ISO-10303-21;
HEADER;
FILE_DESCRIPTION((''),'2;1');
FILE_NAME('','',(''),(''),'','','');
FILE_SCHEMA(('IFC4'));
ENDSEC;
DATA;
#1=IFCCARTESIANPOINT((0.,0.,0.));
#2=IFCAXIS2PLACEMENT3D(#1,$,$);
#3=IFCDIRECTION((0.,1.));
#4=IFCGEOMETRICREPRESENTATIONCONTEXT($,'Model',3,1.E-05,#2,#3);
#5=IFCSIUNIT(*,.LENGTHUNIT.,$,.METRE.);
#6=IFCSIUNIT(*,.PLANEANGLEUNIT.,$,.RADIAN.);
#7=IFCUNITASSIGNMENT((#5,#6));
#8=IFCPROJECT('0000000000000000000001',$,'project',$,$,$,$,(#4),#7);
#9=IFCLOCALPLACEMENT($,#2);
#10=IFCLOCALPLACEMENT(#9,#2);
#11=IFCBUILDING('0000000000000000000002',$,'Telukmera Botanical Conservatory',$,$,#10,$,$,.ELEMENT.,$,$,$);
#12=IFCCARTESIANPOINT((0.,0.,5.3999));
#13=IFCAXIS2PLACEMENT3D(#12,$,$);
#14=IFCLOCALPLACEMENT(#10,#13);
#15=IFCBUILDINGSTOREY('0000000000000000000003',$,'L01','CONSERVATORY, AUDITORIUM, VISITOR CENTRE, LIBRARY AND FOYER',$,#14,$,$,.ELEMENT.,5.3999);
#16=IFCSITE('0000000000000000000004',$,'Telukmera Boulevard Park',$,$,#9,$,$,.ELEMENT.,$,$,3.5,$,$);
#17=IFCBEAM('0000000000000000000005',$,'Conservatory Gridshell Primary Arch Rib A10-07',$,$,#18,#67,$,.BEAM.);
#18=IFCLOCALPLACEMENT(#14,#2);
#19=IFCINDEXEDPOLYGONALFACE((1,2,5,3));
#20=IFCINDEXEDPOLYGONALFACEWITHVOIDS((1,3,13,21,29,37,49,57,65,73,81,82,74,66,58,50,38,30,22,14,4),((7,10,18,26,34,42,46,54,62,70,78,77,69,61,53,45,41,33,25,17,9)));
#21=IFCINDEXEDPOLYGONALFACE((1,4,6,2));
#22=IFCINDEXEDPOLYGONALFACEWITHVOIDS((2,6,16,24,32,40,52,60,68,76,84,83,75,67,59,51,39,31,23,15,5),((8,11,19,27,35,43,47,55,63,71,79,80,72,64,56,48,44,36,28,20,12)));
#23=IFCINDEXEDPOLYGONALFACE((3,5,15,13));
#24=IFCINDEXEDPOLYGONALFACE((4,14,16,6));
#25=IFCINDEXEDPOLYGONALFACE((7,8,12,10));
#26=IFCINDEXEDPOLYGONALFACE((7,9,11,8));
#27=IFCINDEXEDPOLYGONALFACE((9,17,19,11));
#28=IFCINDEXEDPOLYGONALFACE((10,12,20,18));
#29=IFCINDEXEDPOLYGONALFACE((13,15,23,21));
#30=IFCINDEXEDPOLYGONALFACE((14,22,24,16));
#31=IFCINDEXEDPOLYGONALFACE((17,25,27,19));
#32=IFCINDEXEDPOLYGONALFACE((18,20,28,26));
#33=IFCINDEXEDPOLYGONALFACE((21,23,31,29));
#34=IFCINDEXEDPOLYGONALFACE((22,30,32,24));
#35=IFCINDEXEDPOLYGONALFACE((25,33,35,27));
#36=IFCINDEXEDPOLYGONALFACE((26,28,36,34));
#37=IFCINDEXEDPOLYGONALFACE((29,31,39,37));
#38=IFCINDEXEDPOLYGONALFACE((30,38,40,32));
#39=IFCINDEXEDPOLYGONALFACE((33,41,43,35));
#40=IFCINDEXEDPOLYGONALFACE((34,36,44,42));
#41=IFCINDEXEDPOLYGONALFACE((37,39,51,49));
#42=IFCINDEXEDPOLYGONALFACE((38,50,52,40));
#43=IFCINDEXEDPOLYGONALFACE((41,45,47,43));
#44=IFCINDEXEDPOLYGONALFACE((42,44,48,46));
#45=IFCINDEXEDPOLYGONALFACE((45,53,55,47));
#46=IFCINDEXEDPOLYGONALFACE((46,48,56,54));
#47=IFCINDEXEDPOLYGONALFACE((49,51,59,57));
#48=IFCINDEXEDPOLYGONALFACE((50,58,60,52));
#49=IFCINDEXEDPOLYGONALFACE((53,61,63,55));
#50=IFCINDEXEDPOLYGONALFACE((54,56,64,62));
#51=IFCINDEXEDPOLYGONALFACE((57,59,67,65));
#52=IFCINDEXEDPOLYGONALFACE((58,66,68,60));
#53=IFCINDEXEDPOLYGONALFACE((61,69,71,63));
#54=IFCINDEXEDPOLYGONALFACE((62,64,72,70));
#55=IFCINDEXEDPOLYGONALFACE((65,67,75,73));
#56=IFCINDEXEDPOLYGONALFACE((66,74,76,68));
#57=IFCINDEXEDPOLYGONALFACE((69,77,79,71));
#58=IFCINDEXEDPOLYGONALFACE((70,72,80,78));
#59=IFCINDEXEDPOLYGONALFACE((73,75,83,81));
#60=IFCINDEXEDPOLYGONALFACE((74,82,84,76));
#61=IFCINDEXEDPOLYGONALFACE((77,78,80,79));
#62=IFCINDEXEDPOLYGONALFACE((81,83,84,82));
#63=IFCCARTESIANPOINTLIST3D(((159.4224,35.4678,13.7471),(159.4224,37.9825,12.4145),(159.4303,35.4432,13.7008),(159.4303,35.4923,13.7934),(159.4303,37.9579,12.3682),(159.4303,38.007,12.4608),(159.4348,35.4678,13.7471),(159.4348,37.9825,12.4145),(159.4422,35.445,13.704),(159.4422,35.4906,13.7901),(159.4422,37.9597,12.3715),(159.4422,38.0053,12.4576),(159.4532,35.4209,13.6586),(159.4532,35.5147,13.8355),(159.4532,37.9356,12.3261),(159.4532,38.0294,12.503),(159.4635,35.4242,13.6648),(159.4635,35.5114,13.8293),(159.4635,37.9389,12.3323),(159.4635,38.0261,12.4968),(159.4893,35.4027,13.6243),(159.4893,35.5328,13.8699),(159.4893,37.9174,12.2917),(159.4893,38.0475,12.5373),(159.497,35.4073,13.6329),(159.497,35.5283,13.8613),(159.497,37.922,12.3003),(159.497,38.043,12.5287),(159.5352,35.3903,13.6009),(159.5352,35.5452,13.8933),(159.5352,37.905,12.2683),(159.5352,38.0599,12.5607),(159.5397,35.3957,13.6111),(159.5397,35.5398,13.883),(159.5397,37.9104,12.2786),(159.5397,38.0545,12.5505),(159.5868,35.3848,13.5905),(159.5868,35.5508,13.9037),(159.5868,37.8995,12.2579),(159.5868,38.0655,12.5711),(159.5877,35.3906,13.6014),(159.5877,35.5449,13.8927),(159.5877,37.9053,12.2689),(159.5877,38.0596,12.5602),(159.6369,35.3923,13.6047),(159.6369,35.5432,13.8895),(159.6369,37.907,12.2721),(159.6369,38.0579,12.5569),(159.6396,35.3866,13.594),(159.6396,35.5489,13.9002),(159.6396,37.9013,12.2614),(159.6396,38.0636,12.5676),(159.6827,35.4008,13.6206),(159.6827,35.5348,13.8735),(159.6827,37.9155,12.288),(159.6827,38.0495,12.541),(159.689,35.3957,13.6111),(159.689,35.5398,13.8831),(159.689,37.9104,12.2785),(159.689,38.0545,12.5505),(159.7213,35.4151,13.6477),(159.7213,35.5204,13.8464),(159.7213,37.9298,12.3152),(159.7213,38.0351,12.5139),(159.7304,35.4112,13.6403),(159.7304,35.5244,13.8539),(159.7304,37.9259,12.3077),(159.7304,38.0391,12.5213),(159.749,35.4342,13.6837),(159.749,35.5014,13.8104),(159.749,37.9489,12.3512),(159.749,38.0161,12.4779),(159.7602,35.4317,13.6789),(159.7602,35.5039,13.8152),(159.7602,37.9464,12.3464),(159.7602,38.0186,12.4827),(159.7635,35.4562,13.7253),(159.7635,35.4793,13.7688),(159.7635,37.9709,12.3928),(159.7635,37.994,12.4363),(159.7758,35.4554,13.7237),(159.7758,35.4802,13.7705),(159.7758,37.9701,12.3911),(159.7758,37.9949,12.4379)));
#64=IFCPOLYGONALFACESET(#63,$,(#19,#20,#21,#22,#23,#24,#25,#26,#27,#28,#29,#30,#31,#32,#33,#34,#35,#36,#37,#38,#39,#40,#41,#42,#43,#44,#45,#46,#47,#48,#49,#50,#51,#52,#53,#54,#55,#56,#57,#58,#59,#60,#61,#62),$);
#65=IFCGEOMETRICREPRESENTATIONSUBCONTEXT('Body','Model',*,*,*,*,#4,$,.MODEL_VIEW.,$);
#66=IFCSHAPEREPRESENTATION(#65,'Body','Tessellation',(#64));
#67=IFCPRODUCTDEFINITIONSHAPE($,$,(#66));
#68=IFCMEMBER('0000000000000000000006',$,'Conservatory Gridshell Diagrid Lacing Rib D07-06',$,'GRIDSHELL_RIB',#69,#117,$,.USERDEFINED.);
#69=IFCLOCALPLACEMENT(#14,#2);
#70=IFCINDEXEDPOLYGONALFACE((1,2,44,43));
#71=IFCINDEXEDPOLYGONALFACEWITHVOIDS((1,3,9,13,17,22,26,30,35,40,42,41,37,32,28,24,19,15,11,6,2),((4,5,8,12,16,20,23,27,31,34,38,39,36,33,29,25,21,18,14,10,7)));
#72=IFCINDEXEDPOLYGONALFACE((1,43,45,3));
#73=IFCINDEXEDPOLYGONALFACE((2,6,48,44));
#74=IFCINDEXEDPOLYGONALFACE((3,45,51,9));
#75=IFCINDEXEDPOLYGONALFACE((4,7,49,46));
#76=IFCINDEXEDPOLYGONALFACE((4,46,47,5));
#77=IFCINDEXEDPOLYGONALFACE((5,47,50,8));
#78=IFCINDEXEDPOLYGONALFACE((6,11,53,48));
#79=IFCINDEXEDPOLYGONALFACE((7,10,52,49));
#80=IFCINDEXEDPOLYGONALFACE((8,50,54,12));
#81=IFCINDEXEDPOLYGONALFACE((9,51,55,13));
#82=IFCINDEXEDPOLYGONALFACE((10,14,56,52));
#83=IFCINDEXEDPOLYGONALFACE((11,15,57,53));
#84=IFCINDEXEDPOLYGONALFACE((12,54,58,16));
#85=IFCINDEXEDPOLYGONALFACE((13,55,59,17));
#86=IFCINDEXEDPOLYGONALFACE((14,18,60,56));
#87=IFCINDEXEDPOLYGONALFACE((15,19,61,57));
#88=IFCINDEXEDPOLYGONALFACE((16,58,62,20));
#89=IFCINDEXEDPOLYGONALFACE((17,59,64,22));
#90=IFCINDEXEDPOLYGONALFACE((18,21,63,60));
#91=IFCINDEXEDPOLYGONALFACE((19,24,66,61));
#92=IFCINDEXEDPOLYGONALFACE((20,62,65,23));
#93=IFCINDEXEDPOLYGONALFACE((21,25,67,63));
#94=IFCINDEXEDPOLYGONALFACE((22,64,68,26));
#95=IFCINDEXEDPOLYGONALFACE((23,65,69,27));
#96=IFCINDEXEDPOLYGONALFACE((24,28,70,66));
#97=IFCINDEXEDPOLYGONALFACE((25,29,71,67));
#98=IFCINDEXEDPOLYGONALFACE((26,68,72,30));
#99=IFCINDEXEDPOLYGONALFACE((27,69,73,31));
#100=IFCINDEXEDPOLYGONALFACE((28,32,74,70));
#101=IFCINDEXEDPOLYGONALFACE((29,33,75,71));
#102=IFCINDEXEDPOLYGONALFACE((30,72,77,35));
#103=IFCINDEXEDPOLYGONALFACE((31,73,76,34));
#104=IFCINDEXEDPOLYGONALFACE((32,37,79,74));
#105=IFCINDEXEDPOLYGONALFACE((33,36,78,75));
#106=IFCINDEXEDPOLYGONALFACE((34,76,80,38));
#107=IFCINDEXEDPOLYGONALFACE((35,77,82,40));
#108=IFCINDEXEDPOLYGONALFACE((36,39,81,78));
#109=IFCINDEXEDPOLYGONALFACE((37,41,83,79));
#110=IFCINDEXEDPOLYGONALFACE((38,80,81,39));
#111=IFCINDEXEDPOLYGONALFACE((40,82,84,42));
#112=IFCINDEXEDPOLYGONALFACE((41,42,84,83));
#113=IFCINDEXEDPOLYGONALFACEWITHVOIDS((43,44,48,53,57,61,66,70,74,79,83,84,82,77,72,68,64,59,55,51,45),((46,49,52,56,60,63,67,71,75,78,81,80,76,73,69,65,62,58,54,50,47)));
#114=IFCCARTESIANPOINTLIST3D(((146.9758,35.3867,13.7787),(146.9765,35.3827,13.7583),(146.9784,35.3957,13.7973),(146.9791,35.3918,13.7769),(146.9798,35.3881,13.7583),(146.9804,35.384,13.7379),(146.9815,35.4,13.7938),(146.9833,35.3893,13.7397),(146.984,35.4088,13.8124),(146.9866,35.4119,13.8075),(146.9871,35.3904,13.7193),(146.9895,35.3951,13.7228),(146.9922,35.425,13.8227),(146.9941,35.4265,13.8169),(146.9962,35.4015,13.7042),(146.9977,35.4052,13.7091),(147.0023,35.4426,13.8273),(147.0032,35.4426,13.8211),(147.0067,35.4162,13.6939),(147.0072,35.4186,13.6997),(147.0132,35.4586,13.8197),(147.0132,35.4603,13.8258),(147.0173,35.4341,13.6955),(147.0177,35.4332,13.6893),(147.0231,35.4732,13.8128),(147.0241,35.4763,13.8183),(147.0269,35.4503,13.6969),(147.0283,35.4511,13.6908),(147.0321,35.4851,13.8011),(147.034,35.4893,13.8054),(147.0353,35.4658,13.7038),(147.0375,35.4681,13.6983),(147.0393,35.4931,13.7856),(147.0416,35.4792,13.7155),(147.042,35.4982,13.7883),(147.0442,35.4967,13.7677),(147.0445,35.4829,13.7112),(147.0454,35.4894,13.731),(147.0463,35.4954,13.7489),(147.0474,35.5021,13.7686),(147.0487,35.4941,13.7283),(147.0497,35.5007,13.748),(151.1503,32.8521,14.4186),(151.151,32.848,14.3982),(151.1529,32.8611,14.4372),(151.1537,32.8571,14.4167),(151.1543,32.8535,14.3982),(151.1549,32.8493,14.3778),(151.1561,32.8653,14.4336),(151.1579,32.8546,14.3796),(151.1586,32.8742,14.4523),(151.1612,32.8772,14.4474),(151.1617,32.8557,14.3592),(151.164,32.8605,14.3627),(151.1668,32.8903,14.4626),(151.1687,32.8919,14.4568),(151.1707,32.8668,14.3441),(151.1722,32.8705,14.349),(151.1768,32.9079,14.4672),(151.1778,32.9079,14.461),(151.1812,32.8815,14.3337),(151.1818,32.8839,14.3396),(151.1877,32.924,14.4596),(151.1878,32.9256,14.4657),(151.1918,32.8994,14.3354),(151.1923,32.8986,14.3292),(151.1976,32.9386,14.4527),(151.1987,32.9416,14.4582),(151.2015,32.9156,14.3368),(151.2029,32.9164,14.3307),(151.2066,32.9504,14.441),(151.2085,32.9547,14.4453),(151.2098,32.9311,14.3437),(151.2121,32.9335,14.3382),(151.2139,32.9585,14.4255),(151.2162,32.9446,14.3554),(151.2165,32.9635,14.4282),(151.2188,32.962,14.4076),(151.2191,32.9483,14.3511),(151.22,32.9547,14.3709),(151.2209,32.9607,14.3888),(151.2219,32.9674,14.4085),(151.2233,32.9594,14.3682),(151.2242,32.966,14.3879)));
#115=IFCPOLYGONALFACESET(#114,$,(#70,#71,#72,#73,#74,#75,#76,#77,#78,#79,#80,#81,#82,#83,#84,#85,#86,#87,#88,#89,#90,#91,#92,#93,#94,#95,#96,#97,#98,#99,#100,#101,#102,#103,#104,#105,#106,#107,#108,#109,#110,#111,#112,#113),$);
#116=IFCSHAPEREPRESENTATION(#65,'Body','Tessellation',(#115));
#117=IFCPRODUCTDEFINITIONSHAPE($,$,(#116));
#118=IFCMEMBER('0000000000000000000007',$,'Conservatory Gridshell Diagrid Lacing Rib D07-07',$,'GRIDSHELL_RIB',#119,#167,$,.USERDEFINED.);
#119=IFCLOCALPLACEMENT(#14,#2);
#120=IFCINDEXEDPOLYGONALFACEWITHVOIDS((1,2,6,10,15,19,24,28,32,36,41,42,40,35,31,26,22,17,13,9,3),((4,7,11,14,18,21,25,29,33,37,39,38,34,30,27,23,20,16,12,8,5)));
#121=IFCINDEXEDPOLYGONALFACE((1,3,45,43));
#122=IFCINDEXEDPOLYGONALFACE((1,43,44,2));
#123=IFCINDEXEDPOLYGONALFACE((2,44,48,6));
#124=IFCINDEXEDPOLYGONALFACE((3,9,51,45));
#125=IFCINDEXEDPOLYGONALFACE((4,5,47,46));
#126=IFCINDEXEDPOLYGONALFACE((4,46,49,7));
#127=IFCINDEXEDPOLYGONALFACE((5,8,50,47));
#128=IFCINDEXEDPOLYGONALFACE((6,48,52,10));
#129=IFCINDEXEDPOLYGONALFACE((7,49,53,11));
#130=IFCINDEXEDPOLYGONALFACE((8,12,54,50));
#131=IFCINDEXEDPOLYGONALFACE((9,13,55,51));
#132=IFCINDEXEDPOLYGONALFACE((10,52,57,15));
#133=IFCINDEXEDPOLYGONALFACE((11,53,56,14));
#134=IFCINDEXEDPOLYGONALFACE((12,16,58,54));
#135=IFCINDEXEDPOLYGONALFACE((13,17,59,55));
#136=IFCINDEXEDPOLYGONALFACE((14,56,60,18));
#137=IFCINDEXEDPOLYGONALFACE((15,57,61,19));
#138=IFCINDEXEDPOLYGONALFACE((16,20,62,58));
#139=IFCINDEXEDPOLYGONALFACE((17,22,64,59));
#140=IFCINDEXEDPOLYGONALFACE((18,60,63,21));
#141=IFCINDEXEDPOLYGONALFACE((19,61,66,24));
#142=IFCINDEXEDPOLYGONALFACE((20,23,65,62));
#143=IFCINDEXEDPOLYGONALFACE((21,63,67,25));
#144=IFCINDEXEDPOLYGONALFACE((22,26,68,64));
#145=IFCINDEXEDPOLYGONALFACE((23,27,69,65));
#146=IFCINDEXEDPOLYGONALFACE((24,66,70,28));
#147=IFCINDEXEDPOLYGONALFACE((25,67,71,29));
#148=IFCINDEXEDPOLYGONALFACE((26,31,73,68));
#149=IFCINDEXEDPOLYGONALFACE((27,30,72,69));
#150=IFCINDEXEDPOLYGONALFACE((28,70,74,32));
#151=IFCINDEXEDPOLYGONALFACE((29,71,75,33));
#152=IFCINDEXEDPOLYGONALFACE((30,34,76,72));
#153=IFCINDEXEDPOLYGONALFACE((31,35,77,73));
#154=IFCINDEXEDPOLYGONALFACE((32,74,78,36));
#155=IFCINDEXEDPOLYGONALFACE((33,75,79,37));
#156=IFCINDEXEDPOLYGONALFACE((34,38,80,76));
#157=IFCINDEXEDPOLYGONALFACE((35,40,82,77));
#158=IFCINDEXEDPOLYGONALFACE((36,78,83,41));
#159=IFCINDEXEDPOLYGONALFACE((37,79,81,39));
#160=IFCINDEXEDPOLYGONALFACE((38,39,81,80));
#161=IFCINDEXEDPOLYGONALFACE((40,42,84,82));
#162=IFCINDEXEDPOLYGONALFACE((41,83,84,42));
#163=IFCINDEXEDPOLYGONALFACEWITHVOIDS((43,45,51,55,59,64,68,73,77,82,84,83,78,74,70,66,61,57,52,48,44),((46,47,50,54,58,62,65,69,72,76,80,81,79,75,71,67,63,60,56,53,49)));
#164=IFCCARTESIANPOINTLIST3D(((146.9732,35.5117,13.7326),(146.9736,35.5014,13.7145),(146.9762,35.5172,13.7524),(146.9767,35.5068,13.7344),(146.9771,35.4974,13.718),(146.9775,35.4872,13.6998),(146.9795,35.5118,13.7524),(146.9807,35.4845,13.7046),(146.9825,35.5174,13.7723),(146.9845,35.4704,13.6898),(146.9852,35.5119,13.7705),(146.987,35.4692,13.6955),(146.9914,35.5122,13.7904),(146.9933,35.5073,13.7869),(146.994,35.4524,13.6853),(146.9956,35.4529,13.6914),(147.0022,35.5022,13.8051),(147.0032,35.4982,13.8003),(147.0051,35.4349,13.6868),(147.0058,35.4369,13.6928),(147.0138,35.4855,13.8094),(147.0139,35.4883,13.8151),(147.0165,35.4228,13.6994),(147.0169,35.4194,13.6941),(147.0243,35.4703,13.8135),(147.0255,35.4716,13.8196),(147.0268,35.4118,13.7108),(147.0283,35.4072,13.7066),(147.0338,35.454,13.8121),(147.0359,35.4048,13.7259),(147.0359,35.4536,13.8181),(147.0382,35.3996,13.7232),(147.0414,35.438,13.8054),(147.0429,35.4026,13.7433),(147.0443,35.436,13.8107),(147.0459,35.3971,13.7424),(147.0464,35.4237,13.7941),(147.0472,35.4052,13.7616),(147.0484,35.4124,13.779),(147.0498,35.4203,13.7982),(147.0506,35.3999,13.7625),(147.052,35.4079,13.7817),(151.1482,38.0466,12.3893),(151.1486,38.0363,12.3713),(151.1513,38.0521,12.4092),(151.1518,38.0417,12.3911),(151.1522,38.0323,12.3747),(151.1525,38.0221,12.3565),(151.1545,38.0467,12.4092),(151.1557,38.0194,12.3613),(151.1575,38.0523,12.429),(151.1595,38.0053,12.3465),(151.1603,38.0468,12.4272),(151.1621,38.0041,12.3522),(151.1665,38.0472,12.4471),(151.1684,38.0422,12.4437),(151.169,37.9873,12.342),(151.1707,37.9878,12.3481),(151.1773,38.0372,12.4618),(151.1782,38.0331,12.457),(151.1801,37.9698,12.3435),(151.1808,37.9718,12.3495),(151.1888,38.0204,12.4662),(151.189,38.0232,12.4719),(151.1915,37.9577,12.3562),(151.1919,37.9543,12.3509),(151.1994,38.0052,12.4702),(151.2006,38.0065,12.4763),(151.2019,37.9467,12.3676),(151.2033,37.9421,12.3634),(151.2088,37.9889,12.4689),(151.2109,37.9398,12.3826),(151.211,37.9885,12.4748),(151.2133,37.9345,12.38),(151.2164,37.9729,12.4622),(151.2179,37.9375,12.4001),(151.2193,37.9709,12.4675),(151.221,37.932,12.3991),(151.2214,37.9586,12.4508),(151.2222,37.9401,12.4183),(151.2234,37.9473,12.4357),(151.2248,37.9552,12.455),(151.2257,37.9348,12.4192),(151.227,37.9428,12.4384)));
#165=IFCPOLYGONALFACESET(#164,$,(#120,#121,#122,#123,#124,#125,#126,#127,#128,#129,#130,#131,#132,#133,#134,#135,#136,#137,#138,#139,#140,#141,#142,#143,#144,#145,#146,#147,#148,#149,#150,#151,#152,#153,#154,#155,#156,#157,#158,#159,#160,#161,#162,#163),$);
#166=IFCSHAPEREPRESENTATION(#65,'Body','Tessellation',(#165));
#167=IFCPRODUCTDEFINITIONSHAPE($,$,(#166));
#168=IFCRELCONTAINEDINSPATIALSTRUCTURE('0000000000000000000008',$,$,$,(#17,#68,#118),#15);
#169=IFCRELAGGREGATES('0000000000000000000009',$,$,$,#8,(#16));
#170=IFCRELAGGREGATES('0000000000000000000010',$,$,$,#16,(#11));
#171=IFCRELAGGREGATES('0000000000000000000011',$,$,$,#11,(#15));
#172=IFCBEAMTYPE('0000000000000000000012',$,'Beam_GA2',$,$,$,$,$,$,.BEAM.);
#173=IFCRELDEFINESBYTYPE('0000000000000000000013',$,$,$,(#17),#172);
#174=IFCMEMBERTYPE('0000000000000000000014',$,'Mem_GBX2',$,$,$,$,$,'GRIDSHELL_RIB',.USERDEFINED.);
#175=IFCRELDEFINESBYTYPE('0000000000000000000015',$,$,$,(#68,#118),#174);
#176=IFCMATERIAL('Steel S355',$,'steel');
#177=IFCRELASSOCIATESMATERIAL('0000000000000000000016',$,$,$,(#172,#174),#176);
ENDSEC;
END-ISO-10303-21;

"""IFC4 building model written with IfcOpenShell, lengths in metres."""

from ifc_helpers import new_model, si_unit, direction, frame, origin, origin_2d, place, context, subcontext, project, spatial, hollow_circle, extrude, material, material_profile, profile_set, type_object, element, save


model = new_model("IFC4")

# Units and contexts
model_context = context("Model", 3, precision=1e-05, world=origin(), true_north=direction((0.0, 1.0)))
body_context = subcontext(model_context, "Body", "Model", "MODEL_VIEW")
ifc_project = project(units=[si_unit("LENGTHUNIT", "METRE"), si_unit("PLANEANGLEUNIT", "RADIAN")], contexts=[model_context])

# Site, building, storey
site_placement = place(None, origin())
site = spatial("IfcSite", under=ifc_project, at=site_placement, Name="Telukmera Boulevard Park", CompositionType="ELEMENT", RefElevation=3.5)
building_placement = place(site_placement, origin())
building = spatial("IfcBuilding", under=site, at=building_placement, Name="Telukmera Botanical Conservatory", CompositionType="ELEMENT")
storey_placement = place(building_placement, frame((0.0, 0.0, 5.3999)))
storey = spatial("IfcBuildingStorey", under=building, at=storey_placement, Name="L01", Description="CONSERVATORY, AUDITORIUM, VISITOR CENTRE, LIBRARY AND FOYER", CompositionType="ELEMENT", Elevation=5.3999)

# Beam
ifc_material = material(Name="Steel S355", Category="steel")
ifc_material_profile_1 = material_profile(ifc_material, hollow_circle(Radius=0.1777, WallThickness=0.0125, at=origin_2d()), Name="CHS 355.6x12.5")
ifc_profile_set_1 = profile_set([ifc_material_profile_1], Name="Steel S355")
beam_type = type_object("IfcBeamType", Name="Beam_GA2", PredefinedType="BEAM", material=ifc_profile_set_1)
beam_1_placement = place(storey_placement, frame((159.6001, 35.4678, 13.7471), z_axis=(0.0, 0.883608, -0.468227), x_axis=(-1.0, 0.0, 0.0)))
element("IfcBeam", 1, at=beam_1_placement, inside=storey, type_object=beam_type, Name="Conservatory Gridshell Primary Arch Rib A10-07", PredefinedType="BEAM", context=body_context, shape_type="SweptSolid", body=[
    extrude(hollow_circle(Radius=0.1777, WallThickness=0.0125, at=origin_2d()), origin(), (0.0, 0.0, 1.0), 2.8459),
])

# Members
ifc_material_profile_2 = material_profile(ifc_material, hollow_circle(Radius=0.0698, WallThickness=0.0063, at=origin_2d()), Name="CHS 139.7x6.3")
ifc_profile_set_2 = profile_set([ifc_material_profile_2], Name="Steel S355")
member_type_1 = type_object("IfcMemberType", Name="Mem_GBX2", ElementType="GRIDSHELL_RIB", PredefinedType="USERDEFINED", material=ifc_profile_set_2)
member_1_placement = place(storey_placement, frame((151.1873, 32.9077, 14.3982), z_axis=(-0.847533, 0.514597, -0.129913), x_axis=(-0.518995, -0.854777, 0.0)))
element("IfcMember", 2, at=member_1_placement, inside=storey, type_object=member_type_1, Name="Conservatory Gridshell Diagrid Lacing Rib D07-06", ObjectType="GRIDSHELL_RIB", PredefinedType="USERDEFINED", context=body_context, shape_type="SweptSolid", body=[
    extrude(hollow_circle(Radius=0.0698, WallThickness=0.0063, at=origin_2d()), origin(), (0.0, 0.0, 1.0), 4.9255),
])
member_2_placement = place(storey_placement, frame((147.0125, 35.4575, 13.7524), z_axis=(0.824182, 0.500409, -0.265169), x_axis=(-0.518987, 0.854782, 0.0)))
element("IfcMember", 3, at=member_2_placement, inside=storey, type_object=member_type_1, Name="Conservatory Gridshell Diagrid Lacing Rib D07-07", ObjectType="GRIDSHELL_RIB", PredefinedType="USERDEFINED", context=body_context, shape_type="SweptSolid", body=[
    extrude(hollow_circle(Radius=0.0698, WallThickness=0.0063, at=origin_2d()), origin(), (0.0, 0.0, 1.0), 5.0657),
])

save(model, "model.ifc")
